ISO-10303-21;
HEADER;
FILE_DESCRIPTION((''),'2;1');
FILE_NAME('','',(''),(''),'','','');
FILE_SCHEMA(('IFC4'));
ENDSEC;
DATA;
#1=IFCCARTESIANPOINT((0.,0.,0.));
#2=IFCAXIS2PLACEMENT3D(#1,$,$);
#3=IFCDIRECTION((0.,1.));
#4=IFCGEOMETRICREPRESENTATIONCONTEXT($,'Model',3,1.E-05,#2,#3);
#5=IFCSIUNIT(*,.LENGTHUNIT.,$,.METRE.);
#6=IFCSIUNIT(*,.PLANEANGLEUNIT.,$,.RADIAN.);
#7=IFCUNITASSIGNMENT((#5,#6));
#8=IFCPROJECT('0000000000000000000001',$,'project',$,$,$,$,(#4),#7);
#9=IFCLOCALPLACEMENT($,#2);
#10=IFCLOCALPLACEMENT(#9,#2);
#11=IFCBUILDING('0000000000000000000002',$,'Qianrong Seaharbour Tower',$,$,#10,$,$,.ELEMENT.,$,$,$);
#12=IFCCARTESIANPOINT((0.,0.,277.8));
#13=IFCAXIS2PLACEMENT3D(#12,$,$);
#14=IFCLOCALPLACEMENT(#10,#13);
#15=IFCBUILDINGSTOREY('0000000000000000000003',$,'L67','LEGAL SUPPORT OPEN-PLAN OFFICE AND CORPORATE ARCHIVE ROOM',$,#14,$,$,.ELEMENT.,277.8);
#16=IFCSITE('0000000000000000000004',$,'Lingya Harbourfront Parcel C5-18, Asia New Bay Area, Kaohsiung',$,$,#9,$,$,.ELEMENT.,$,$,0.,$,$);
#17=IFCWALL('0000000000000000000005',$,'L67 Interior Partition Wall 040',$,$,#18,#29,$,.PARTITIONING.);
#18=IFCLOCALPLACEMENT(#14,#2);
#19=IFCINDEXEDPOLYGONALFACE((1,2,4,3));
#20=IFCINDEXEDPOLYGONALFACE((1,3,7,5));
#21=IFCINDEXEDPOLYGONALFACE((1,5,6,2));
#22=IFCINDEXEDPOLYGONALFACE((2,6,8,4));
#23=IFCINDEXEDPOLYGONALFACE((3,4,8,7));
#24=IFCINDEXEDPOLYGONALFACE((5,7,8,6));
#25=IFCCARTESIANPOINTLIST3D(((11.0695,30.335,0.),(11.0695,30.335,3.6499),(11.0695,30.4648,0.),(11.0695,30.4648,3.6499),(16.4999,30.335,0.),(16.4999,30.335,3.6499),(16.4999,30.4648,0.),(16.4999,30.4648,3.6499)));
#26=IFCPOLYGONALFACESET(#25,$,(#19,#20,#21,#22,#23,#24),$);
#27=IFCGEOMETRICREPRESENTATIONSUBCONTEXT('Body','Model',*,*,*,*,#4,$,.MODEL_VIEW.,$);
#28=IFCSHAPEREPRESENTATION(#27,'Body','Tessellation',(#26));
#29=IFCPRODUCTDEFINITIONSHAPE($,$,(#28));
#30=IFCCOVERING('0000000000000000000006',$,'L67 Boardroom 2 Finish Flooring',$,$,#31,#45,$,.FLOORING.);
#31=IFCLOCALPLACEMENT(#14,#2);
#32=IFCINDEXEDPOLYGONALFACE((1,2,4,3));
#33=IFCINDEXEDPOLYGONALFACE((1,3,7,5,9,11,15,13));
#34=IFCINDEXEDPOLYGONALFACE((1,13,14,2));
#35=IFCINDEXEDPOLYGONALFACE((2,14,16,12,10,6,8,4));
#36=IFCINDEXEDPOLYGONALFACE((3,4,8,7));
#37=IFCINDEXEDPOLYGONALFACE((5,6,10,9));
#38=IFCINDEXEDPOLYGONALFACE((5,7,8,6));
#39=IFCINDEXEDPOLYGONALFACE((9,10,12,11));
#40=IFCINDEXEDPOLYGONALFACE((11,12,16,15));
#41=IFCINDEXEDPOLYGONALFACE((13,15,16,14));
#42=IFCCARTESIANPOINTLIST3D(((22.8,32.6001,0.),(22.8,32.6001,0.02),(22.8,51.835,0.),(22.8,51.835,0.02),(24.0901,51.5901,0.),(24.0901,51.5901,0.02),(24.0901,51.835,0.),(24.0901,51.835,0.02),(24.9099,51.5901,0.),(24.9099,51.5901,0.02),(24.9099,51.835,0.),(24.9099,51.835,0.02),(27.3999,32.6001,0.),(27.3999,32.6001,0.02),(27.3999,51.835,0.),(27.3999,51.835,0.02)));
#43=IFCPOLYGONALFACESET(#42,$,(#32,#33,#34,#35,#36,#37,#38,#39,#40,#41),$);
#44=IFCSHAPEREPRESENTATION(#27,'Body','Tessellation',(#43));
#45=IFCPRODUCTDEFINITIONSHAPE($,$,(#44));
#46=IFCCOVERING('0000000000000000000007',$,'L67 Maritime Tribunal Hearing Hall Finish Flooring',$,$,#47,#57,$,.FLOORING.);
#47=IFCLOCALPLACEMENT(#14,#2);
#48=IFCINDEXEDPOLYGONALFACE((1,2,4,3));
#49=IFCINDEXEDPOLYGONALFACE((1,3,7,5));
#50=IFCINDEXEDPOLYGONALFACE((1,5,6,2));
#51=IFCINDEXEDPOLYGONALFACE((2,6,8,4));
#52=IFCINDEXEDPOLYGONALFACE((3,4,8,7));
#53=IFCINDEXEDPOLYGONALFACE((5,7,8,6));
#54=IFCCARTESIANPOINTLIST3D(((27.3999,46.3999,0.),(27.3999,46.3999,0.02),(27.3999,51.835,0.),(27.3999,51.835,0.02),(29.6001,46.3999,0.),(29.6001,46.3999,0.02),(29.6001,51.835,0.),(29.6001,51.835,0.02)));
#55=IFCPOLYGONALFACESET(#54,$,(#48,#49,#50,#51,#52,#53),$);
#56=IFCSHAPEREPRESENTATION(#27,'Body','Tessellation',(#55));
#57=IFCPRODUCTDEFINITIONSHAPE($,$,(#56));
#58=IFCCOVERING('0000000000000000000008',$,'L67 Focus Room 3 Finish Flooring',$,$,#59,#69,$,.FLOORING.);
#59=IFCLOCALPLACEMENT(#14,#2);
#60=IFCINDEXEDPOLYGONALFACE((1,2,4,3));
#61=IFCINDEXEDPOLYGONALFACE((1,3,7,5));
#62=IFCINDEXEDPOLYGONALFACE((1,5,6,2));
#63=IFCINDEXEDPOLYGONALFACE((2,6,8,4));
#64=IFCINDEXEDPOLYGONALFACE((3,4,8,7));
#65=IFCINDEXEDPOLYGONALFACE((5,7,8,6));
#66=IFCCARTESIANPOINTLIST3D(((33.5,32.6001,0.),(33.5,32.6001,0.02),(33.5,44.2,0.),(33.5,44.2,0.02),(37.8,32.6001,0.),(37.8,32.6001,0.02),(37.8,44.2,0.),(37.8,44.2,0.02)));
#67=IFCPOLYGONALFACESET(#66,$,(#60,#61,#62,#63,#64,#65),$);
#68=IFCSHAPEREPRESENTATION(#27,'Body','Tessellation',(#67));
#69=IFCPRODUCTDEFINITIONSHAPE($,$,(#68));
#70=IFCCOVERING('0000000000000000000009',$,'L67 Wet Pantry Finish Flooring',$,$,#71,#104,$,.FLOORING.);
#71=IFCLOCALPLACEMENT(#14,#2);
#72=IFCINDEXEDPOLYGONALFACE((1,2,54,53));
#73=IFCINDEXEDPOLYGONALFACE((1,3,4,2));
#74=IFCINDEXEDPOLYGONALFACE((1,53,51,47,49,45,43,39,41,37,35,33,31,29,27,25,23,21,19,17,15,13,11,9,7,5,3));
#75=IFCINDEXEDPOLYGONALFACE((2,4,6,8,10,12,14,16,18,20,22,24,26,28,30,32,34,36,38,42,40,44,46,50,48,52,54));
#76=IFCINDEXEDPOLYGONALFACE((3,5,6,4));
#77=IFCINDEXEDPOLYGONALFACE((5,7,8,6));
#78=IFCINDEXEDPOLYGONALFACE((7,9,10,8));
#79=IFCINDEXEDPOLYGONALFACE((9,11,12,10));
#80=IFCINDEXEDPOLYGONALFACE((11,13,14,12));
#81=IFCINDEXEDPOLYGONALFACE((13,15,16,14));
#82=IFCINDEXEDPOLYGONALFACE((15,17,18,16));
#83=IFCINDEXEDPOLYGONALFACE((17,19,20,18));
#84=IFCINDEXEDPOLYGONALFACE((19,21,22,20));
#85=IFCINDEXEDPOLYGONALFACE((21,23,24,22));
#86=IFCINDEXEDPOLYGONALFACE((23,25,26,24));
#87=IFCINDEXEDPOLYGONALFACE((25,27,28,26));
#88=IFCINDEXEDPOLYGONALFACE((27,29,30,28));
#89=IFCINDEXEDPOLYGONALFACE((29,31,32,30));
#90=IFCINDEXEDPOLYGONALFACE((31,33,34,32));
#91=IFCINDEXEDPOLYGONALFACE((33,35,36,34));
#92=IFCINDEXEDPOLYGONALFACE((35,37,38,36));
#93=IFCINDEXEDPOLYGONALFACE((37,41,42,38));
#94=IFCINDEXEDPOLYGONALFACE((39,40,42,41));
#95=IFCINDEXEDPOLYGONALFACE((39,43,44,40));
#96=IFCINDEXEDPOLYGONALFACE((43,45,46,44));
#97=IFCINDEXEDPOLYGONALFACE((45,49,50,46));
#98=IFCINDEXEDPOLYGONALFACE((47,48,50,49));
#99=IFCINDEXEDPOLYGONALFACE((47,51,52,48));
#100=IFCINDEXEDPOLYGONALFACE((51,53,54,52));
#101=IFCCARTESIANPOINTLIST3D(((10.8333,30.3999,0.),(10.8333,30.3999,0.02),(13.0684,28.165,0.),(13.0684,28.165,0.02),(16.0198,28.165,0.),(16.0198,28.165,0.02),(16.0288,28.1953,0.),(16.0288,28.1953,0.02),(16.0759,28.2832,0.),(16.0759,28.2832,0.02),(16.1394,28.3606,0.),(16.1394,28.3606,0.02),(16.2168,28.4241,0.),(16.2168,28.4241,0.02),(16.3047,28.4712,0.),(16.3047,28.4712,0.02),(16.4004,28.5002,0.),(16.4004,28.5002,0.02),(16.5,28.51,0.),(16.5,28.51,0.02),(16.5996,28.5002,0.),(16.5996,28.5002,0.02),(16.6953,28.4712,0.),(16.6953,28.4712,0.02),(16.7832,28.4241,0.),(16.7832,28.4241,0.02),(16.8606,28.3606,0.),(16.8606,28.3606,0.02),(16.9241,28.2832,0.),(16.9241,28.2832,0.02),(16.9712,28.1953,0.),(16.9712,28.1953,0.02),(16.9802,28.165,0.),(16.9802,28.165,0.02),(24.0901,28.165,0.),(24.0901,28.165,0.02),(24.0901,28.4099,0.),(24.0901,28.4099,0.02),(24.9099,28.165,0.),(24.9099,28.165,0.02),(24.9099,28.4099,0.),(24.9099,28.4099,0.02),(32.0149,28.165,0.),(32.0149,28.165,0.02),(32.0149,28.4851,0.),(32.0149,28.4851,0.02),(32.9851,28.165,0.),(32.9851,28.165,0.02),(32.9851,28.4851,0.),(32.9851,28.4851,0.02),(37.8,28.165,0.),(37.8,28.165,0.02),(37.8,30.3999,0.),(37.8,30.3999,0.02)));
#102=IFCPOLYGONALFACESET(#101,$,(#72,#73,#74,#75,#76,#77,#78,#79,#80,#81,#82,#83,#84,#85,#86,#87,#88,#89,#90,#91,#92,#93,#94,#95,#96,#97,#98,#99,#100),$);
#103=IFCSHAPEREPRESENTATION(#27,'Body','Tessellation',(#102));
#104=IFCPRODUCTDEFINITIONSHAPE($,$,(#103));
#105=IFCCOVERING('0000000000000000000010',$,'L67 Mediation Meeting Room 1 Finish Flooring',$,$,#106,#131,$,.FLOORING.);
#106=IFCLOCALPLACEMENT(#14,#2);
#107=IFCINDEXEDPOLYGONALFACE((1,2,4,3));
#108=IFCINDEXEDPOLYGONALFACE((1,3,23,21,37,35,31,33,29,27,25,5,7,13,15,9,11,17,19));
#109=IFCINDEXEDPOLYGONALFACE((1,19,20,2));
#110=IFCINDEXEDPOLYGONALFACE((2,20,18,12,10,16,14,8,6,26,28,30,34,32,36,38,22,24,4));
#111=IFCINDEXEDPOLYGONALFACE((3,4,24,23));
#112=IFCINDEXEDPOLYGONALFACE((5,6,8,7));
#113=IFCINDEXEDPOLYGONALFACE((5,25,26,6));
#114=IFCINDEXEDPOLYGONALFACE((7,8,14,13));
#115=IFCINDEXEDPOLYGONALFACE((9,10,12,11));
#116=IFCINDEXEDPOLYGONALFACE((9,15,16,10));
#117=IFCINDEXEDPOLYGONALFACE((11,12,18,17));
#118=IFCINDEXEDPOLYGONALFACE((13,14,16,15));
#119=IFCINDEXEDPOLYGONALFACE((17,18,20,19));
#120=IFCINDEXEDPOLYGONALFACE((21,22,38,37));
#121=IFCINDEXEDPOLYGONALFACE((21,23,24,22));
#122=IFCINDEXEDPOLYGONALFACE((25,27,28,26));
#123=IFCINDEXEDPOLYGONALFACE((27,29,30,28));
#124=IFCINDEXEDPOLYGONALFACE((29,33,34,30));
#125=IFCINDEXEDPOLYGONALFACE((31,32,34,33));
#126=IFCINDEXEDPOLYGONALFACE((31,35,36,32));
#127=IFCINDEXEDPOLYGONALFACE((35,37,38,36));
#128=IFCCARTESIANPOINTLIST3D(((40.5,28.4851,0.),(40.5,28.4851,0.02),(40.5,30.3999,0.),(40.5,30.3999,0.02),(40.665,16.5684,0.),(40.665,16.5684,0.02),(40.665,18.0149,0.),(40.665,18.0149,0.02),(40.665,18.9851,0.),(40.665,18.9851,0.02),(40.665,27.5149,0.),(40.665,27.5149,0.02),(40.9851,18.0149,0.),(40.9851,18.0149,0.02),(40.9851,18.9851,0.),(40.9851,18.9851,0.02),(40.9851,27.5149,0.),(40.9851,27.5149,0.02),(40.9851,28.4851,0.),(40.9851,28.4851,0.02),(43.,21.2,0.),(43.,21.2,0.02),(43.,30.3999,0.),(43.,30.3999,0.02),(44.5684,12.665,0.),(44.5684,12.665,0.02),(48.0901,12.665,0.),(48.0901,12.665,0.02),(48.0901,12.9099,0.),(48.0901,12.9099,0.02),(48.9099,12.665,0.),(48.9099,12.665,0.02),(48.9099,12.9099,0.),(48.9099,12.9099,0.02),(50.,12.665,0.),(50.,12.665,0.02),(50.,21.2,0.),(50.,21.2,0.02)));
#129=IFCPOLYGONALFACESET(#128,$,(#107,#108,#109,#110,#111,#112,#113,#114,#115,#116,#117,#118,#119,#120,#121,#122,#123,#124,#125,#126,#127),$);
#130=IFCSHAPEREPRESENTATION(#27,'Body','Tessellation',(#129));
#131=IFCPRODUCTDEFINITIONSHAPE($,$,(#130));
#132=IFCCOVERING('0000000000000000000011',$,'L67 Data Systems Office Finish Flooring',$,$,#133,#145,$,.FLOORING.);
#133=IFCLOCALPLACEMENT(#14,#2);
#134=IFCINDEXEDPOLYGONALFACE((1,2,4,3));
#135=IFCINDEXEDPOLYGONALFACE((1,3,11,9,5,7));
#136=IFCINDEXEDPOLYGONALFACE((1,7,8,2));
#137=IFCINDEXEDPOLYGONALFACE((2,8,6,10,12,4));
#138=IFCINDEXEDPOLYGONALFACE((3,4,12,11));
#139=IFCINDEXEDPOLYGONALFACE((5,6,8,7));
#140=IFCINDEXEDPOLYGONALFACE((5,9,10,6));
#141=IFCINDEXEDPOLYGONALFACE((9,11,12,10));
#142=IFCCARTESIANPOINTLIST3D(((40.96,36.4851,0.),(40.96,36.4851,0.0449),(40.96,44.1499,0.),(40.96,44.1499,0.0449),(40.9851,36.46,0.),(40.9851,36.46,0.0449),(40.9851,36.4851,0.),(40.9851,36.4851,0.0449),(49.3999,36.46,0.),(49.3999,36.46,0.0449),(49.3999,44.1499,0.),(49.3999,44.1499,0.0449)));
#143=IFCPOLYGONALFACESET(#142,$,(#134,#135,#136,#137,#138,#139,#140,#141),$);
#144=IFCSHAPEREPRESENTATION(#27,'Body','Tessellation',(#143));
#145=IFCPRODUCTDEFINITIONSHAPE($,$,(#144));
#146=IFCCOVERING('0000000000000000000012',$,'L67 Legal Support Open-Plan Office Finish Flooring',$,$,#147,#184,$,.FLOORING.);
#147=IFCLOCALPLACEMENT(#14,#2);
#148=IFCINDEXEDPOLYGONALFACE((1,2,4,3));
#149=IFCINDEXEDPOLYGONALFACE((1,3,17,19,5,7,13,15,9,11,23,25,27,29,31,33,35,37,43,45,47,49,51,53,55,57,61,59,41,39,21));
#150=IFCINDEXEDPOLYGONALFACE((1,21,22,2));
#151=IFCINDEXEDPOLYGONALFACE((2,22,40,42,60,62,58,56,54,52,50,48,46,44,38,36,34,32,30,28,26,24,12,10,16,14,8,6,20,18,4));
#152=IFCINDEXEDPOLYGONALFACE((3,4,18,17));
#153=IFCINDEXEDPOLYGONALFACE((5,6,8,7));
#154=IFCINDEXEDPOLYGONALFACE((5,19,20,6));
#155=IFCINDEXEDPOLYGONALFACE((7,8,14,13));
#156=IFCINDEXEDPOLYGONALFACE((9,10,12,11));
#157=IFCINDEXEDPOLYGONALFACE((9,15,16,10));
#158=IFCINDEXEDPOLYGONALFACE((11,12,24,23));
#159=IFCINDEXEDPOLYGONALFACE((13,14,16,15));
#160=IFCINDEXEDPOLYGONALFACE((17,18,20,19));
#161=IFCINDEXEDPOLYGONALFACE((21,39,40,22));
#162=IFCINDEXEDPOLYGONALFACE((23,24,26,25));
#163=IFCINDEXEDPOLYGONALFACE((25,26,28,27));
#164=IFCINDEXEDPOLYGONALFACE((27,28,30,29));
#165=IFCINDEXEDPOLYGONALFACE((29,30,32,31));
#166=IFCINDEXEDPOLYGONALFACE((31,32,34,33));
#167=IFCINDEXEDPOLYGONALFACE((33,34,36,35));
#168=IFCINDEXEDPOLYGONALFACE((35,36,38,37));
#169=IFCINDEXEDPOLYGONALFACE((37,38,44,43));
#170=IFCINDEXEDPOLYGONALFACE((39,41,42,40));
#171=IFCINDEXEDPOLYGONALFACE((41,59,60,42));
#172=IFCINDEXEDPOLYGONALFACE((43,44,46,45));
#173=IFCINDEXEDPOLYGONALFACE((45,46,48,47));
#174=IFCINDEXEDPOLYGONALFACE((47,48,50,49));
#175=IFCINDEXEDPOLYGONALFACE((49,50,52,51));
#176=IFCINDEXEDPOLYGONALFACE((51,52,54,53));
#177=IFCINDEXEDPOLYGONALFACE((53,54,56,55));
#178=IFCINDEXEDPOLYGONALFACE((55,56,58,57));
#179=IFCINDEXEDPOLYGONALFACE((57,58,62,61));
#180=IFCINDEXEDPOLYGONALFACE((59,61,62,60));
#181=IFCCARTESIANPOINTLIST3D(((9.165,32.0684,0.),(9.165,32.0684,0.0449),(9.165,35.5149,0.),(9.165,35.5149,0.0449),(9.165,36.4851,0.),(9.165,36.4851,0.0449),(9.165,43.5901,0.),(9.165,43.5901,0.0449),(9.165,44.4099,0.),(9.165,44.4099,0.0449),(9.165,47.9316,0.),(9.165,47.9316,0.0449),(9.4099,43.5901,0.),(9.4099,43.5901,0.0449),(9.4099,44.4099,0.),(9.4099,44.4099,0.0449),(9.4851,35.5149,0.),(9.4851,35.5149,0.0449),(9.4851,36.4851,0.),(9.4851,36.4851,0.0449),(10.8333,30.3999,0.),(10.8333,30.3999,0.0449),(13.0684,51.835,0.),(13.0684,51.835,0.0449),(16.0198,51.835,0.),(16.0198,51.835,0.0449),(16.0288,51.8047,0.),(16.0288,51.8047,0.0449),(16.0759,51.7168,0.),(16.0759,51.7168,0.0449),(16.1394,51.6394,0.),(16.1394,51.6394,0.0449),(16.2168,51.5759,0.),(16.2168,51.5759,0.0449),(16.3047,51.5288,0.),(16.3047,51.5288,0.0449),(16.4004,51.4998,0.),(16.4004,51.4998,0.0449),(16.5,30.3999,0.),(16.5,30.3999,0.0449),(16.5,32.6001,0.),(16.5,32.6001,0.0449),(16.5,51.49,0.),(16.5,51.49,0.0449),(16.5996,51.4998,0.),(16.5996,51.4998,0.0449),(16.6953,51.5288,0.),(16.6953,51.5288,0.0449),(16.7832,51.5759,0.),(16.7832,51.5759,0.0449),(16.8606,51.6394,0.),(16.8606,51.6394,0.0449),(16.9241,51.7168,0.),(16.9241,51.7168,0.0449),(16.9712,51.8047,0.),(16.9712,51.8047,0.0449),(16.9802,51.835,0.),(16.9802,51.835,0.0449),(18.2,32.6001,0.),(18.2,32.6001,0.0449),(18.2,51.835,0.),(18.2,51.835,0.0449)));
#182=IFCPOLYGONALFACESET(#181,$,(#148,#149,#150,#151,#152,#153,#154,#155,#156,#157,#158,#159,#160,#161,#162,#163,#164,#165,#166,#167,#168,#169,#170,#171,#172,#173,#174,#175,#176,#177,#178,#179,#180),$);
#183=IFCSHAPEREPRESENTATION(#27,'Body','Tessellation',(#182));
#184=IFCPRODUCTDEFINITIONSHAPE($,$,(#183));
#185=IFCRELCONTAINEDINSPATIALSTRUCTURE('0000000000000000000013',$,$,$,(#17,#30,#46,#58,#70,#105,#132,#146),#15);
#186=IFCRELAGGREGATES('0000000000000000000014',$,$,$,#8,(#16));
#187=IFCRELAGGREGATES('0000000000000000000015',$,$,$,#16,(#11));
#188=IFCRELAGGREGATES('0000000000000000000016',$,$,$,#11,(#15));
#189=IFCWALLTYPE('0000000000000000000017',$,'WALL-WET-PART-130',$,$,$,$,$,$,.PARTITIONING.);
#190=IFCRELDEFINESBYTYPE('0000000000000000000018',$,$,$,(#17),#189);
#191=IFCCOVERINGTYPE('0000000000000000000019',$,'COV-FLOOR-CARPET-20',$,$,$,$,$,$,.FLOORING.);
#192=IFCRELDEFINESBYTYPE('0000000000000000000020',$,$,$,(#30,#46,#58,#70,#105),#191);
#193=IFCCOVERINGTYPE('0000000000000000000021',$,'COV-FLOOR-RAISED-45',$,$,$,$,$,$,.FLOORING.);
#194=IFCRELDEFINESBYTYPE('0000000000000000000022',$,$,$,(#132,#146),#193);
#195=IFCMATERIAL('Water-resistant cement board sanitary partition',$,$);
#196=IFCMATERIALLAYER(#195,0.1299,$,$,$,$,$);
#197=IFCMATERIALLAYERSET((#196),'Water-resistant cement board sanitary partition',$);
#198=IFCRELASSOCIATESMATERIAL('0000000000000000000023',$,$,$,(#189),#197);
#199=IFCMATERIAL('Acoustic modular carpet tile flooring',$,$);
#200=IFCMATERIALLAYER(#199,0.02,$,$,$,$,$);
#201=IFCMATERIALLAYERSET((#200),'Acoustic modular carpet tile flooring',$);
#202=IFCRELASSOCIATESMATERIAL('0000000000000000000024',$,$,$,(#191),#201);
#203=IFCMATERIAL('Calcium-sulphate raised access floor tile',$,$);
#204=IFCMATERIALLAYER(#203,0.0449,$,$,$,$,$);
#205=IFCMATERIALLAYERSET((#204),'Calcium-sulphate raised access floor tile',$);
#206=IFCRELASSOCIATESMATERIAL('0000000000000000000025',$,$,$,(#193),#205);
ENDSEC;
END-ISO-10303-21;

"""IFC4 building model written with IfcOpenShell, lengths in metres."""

from ifc_helpers import new_model, si_unit, direction, frame, frame_2d, origin, place, context, subcontext, project, spatial, polyline, rectangle, outline, extrude, material, layer, layer_set, type_object, element, save


model = new_model("IFC4")

# Units and contexts
model_context = context("Model", 3, precision=1e-05, world=origin(), true_north=direction((0.0, 1.0)))
body_context = subcontext(model_context, "Body", "Model", "MODEL_VIEW")
ifc_project = project(units=[si_unit("LENGTHUNIT", "METRE"), si_unit("PLANEANGLEUNIT", "RADIAN")], contexts=[model_context])

# Site, building, storey
site_placement = place(None, origin())
site = spatial("IfcSite", under=ifc_project, at=site_placement, Name="Lingya Harbourfront Parcel C5-18, Asia New Bay Area, Kaohsiung", CompositionType="ELEMENT", RefElevation=0.0)
building_placement = place(site_placement, origin())
building = spatial("IfcBuilding", under=site, at=building_placement, Name="Qianrong Seaharbour Tower", CompositionType="ELEMENT")
storey_placement = place(building_placement, frame((0.0, 0.0, 277.8)))
storey = spatial("IfcBuildingStorey", under=building, at=storey_placement, Name="L67", Description="LEGAL SUPPORT OPEN-PLAN OFFICE AND CORPORATE ARCHIVE ROOM", CompositionType="ELEMENT", Elevation=277.8)

# Wall
ifc_material_1 = material(Name="Water-resistant cement board sanitary partition")
ifc_layer_1 = layer(ifc_material_1, 0.1299)
ifc_layer_set_1 = layer_set([ifc_layer_1], Name="Water-resistant cement board sanitary partition")
wall_type_1 = type_object("IfcWallType", Name="WALL-WET-PART-130", PredefinedType="PARTITIONING", material=ifc_layer_set_1)
wall_1_placement = place(storey_placement, frame((16.5, 30.3999, 0.0), z_axis=(0.0, 0.0, 1.0), x_axis=(-1.0, 0.0, 0.0)))
element("IfcWall", 1, at=wall_1_placement, inside=storey, type_object=wall_type_1, Name="L67 Interior Partition Wall 040", PredefinedType="PARTITIONING", context=body_context, shape_type="SweptSolid", body=[
    extrude(rectangle(XDim=5.4304, YDim=0.1299, at=frame_2d((2.7153, 0.0))), origin(), (0.0, 0.0, 1.0), 3.6499),
])

# Coverings
ifc_material_2 = material(Name="Acoustic modular carpet tile flooring")
ifc_layer_2 = layer(ifc_material_2, 0.02)
ifc_layer_set_2 = layer_set([ifc_layer_2], Name="Acoustic modular carpet tile flooring")
covering_type_1 = type_object("IfcCoveringType", Name="COV-FLOOR-CARPET-20", PredefinedType="FLOORING", material=ifc_layer_set_2)
covering_1_placement = place(storey_placement, origin())
element("IfcCovering", 2, at=covering_1_placement, inside=storey, type_object=covering_type_1, Name="L67 Boardroom 2 Finish Flooring", PredefinedType="FLOORING", context=body_context, shape_type="SweptSolid", body=[
    extrude(outline(polyline([(24.0901, 51.835), (24.0901, 51.5901), (24.9099, 51.5901), (24.9099, 51.835), (27.3999, 51.835), (27.3999, 32.6001), (22.8, 32.6001), (22.8, 51.835), (24.0901, 51.835)])), origin(), (0.0, 0.0, 1.0), 0.02),
])
covering_2_placement = place(storey_placement, origin())
element("IfcCovering", 3, at=covering_2_placement, inside=storey, type_object=covering_type_1, Name="L67 Maritime Tribunal Hearing Hall Finish Flooring", PredefinedType="FLOORING", context=body_context, shape_type="SweptSolid", body=[
    extrude(outline(polyline([(29.6001, 46.3999), (27.3999, 46.3999), (27.3999, 51.835), (29.6001, 51.835), (29.6001, 46.3999)])), origin(), (0.0, 0.0, 1.0), 0.02),
])
covering_3_placement = place(storey_placement, origin())
element("IfcCovering", 4, at=covering_3_placement, inside=storey, type_object=covering_type_1, Name="L67 Focus Room 3 Finish Flooring", PredefinedType="FLOORING", context=body_context, shape_type="SweptSolid", body=[
    extrude(outline(polyline([(33.5, 44.2), (37.8, 44.2), (37.8, 32.6001), (33.5, 32.6001), (33.5, 44.2)])), origin(), (0.0, 0.0, 1.0), 0.02),
])
covering_4_placement = place(storey_placement, origin())
element("IfcCovering", 5, at=covering_4_placement, inside=storey, type_object=covering_type_1, Name="L67 Wet Pantry Finish Flooring", PredefinedType="FLOORING", context=body_context, shape_type="SweptSolid", body=[
    extrude(outline(polyline([(32.9851, 28.165), (32.9851, 28.4851), (32.0149, 28.4851), (32.0149, 28.165), (24.9099, 28.165), (24.9099, 28.4099), (24.0901, 28.4099), (24.0901, 28.165), (16.9802, 28.165), (16.9712, 28.1953), (16.9241, 28.2832), (16.8606, 28.3606), (16.7832, 28.4241), (16.6953, 28.4712), (16.5996, 28.5002), (16.5, 28.51), (16.4004, 28.5002), (16.3047, 28.4712), (16.2168, 28.4241), (16.1394, 28.3606), (16.0759, 28.2832), (16.0288, 28.1953), (16.0198, 28.165), (13.0684, 28.165), (10.8333, 30.3999), (37.8, 30.3999), (37.8, 28.165), (32.9851, 28.165)])), origin(), (0.0, 0.0, 1.0), 0.02),
])
covering_5_placement = place(storey_placement, origin())
element("IfcCovering", 6, at=covering_5_placement, inside=storey, type_object=covering_type_1, Name="L67 Mediation Meeting Room 1 Finish Flooring", PredefinedType="FLOORING", context=body_context, shape_type="SweptSolid", body=[
    extrude(outline(polyline([(43.0, 21.2), (50.0, 21.2), (50.0, 12.665), (48.9099, 12.665), (48.9099, 12.9099), (48.0901, 12.9099), (48.0901, 12.665), (44.5684, 12.665), (40.665, 16.5684), (40.665, 18.0149), (40.9851, 18.0149), (40.9851, 18.9851), (40.665, 18.9851), (40.665, 27.5149), (40.9851, 27.5149), (40.9851, 28.4851), (40.5, 28.4851), (40.5, 30.3999), (43.0, 30.3999), (43.0, 21.2)])), origin(), (0.0, 0.0, 1.0), 0.02),
])
ifc_material_3 = material(Name="Calcium-sulphate raised access floor tile")
ifc_layer_3 = layer(ifc_material_3, 0.0449)
ifc_layer_set_3 = layer_set([ifc_layer_3], Name="Calcium-sulphate raised access floor tile")
covering_type_2 = type_object("IfcCoveringType", Name="COV-FLOOR-RAISED-45", PredefinedType="FLOORING", material=ifc_layer_set_3)
covering_6_placement = place(storey_placement, origin())
element("IfcCovering", 7, at=covering_6_placement, inside=storey, type_object=covering_type_2, Name="L67 Data Systems Office Finish Flooring", PredefinedType="FLOORING", context=body_context, shape_type="SweptSolid", body=[
    extrude(outline(polyline([(49.3999, 44.1499), (49.3999, 36.46), (40.9851, 36.46), (40.9851, 36.4851), (40.96, 36.4851), (40.96, 44.1499), (49.3999, 44.1499)])), origin(), (0.0, 0.0, 1.0), 0.0449),
])
covering_7_placement = place(storey_placement, origin())
element("IfcCovering", 8, at=covering_7_placement, inside=storey, type_object=covering_type_2, Name="L67 Legal Support Open-Plan Office Finish Flooring", PredefinedType="FLOORING", context=body_context, shape_type="SweptSolid", body=[
    extrude(outline(polyline([(9.165, 32.0684), (9.165, 35.5149), (9.4851, 35.5149), (9.4851, 36.4851), (9.165, 36.4851), (9.165, 43.5901), (9.4099, 43.5901), (9.4099, 44.4099), (9.165, 44.4099), (9.165, 47.9316), (13.0684, 51.835), (16.0198, 51.835), (16.0288, 51.8047), (16.0759, 51.7168), (16.1394, 51.6394), (16.2168, 51.5759), (16.3047, 51.5288), (16.4004, 51.4998), (16.5, 51.49), (16.5996, 51.4998), (16.6953, 51.5288), (16.7832, 51.5759), (16.8606, 51.6394), (16.9241, 51.7168), (16.9712, 51.8047), (16.9802, 51.835), (18.2, 51.835), (18.2, 32.6001), (16.5, 32.6001), (16.5, 30.3999), (10.8333, 30.3999), (9.165, 32.0684)])), origin(), (0.0, 0.0, 1.0), 0.0449),
])

save(model, "model.ifc")
